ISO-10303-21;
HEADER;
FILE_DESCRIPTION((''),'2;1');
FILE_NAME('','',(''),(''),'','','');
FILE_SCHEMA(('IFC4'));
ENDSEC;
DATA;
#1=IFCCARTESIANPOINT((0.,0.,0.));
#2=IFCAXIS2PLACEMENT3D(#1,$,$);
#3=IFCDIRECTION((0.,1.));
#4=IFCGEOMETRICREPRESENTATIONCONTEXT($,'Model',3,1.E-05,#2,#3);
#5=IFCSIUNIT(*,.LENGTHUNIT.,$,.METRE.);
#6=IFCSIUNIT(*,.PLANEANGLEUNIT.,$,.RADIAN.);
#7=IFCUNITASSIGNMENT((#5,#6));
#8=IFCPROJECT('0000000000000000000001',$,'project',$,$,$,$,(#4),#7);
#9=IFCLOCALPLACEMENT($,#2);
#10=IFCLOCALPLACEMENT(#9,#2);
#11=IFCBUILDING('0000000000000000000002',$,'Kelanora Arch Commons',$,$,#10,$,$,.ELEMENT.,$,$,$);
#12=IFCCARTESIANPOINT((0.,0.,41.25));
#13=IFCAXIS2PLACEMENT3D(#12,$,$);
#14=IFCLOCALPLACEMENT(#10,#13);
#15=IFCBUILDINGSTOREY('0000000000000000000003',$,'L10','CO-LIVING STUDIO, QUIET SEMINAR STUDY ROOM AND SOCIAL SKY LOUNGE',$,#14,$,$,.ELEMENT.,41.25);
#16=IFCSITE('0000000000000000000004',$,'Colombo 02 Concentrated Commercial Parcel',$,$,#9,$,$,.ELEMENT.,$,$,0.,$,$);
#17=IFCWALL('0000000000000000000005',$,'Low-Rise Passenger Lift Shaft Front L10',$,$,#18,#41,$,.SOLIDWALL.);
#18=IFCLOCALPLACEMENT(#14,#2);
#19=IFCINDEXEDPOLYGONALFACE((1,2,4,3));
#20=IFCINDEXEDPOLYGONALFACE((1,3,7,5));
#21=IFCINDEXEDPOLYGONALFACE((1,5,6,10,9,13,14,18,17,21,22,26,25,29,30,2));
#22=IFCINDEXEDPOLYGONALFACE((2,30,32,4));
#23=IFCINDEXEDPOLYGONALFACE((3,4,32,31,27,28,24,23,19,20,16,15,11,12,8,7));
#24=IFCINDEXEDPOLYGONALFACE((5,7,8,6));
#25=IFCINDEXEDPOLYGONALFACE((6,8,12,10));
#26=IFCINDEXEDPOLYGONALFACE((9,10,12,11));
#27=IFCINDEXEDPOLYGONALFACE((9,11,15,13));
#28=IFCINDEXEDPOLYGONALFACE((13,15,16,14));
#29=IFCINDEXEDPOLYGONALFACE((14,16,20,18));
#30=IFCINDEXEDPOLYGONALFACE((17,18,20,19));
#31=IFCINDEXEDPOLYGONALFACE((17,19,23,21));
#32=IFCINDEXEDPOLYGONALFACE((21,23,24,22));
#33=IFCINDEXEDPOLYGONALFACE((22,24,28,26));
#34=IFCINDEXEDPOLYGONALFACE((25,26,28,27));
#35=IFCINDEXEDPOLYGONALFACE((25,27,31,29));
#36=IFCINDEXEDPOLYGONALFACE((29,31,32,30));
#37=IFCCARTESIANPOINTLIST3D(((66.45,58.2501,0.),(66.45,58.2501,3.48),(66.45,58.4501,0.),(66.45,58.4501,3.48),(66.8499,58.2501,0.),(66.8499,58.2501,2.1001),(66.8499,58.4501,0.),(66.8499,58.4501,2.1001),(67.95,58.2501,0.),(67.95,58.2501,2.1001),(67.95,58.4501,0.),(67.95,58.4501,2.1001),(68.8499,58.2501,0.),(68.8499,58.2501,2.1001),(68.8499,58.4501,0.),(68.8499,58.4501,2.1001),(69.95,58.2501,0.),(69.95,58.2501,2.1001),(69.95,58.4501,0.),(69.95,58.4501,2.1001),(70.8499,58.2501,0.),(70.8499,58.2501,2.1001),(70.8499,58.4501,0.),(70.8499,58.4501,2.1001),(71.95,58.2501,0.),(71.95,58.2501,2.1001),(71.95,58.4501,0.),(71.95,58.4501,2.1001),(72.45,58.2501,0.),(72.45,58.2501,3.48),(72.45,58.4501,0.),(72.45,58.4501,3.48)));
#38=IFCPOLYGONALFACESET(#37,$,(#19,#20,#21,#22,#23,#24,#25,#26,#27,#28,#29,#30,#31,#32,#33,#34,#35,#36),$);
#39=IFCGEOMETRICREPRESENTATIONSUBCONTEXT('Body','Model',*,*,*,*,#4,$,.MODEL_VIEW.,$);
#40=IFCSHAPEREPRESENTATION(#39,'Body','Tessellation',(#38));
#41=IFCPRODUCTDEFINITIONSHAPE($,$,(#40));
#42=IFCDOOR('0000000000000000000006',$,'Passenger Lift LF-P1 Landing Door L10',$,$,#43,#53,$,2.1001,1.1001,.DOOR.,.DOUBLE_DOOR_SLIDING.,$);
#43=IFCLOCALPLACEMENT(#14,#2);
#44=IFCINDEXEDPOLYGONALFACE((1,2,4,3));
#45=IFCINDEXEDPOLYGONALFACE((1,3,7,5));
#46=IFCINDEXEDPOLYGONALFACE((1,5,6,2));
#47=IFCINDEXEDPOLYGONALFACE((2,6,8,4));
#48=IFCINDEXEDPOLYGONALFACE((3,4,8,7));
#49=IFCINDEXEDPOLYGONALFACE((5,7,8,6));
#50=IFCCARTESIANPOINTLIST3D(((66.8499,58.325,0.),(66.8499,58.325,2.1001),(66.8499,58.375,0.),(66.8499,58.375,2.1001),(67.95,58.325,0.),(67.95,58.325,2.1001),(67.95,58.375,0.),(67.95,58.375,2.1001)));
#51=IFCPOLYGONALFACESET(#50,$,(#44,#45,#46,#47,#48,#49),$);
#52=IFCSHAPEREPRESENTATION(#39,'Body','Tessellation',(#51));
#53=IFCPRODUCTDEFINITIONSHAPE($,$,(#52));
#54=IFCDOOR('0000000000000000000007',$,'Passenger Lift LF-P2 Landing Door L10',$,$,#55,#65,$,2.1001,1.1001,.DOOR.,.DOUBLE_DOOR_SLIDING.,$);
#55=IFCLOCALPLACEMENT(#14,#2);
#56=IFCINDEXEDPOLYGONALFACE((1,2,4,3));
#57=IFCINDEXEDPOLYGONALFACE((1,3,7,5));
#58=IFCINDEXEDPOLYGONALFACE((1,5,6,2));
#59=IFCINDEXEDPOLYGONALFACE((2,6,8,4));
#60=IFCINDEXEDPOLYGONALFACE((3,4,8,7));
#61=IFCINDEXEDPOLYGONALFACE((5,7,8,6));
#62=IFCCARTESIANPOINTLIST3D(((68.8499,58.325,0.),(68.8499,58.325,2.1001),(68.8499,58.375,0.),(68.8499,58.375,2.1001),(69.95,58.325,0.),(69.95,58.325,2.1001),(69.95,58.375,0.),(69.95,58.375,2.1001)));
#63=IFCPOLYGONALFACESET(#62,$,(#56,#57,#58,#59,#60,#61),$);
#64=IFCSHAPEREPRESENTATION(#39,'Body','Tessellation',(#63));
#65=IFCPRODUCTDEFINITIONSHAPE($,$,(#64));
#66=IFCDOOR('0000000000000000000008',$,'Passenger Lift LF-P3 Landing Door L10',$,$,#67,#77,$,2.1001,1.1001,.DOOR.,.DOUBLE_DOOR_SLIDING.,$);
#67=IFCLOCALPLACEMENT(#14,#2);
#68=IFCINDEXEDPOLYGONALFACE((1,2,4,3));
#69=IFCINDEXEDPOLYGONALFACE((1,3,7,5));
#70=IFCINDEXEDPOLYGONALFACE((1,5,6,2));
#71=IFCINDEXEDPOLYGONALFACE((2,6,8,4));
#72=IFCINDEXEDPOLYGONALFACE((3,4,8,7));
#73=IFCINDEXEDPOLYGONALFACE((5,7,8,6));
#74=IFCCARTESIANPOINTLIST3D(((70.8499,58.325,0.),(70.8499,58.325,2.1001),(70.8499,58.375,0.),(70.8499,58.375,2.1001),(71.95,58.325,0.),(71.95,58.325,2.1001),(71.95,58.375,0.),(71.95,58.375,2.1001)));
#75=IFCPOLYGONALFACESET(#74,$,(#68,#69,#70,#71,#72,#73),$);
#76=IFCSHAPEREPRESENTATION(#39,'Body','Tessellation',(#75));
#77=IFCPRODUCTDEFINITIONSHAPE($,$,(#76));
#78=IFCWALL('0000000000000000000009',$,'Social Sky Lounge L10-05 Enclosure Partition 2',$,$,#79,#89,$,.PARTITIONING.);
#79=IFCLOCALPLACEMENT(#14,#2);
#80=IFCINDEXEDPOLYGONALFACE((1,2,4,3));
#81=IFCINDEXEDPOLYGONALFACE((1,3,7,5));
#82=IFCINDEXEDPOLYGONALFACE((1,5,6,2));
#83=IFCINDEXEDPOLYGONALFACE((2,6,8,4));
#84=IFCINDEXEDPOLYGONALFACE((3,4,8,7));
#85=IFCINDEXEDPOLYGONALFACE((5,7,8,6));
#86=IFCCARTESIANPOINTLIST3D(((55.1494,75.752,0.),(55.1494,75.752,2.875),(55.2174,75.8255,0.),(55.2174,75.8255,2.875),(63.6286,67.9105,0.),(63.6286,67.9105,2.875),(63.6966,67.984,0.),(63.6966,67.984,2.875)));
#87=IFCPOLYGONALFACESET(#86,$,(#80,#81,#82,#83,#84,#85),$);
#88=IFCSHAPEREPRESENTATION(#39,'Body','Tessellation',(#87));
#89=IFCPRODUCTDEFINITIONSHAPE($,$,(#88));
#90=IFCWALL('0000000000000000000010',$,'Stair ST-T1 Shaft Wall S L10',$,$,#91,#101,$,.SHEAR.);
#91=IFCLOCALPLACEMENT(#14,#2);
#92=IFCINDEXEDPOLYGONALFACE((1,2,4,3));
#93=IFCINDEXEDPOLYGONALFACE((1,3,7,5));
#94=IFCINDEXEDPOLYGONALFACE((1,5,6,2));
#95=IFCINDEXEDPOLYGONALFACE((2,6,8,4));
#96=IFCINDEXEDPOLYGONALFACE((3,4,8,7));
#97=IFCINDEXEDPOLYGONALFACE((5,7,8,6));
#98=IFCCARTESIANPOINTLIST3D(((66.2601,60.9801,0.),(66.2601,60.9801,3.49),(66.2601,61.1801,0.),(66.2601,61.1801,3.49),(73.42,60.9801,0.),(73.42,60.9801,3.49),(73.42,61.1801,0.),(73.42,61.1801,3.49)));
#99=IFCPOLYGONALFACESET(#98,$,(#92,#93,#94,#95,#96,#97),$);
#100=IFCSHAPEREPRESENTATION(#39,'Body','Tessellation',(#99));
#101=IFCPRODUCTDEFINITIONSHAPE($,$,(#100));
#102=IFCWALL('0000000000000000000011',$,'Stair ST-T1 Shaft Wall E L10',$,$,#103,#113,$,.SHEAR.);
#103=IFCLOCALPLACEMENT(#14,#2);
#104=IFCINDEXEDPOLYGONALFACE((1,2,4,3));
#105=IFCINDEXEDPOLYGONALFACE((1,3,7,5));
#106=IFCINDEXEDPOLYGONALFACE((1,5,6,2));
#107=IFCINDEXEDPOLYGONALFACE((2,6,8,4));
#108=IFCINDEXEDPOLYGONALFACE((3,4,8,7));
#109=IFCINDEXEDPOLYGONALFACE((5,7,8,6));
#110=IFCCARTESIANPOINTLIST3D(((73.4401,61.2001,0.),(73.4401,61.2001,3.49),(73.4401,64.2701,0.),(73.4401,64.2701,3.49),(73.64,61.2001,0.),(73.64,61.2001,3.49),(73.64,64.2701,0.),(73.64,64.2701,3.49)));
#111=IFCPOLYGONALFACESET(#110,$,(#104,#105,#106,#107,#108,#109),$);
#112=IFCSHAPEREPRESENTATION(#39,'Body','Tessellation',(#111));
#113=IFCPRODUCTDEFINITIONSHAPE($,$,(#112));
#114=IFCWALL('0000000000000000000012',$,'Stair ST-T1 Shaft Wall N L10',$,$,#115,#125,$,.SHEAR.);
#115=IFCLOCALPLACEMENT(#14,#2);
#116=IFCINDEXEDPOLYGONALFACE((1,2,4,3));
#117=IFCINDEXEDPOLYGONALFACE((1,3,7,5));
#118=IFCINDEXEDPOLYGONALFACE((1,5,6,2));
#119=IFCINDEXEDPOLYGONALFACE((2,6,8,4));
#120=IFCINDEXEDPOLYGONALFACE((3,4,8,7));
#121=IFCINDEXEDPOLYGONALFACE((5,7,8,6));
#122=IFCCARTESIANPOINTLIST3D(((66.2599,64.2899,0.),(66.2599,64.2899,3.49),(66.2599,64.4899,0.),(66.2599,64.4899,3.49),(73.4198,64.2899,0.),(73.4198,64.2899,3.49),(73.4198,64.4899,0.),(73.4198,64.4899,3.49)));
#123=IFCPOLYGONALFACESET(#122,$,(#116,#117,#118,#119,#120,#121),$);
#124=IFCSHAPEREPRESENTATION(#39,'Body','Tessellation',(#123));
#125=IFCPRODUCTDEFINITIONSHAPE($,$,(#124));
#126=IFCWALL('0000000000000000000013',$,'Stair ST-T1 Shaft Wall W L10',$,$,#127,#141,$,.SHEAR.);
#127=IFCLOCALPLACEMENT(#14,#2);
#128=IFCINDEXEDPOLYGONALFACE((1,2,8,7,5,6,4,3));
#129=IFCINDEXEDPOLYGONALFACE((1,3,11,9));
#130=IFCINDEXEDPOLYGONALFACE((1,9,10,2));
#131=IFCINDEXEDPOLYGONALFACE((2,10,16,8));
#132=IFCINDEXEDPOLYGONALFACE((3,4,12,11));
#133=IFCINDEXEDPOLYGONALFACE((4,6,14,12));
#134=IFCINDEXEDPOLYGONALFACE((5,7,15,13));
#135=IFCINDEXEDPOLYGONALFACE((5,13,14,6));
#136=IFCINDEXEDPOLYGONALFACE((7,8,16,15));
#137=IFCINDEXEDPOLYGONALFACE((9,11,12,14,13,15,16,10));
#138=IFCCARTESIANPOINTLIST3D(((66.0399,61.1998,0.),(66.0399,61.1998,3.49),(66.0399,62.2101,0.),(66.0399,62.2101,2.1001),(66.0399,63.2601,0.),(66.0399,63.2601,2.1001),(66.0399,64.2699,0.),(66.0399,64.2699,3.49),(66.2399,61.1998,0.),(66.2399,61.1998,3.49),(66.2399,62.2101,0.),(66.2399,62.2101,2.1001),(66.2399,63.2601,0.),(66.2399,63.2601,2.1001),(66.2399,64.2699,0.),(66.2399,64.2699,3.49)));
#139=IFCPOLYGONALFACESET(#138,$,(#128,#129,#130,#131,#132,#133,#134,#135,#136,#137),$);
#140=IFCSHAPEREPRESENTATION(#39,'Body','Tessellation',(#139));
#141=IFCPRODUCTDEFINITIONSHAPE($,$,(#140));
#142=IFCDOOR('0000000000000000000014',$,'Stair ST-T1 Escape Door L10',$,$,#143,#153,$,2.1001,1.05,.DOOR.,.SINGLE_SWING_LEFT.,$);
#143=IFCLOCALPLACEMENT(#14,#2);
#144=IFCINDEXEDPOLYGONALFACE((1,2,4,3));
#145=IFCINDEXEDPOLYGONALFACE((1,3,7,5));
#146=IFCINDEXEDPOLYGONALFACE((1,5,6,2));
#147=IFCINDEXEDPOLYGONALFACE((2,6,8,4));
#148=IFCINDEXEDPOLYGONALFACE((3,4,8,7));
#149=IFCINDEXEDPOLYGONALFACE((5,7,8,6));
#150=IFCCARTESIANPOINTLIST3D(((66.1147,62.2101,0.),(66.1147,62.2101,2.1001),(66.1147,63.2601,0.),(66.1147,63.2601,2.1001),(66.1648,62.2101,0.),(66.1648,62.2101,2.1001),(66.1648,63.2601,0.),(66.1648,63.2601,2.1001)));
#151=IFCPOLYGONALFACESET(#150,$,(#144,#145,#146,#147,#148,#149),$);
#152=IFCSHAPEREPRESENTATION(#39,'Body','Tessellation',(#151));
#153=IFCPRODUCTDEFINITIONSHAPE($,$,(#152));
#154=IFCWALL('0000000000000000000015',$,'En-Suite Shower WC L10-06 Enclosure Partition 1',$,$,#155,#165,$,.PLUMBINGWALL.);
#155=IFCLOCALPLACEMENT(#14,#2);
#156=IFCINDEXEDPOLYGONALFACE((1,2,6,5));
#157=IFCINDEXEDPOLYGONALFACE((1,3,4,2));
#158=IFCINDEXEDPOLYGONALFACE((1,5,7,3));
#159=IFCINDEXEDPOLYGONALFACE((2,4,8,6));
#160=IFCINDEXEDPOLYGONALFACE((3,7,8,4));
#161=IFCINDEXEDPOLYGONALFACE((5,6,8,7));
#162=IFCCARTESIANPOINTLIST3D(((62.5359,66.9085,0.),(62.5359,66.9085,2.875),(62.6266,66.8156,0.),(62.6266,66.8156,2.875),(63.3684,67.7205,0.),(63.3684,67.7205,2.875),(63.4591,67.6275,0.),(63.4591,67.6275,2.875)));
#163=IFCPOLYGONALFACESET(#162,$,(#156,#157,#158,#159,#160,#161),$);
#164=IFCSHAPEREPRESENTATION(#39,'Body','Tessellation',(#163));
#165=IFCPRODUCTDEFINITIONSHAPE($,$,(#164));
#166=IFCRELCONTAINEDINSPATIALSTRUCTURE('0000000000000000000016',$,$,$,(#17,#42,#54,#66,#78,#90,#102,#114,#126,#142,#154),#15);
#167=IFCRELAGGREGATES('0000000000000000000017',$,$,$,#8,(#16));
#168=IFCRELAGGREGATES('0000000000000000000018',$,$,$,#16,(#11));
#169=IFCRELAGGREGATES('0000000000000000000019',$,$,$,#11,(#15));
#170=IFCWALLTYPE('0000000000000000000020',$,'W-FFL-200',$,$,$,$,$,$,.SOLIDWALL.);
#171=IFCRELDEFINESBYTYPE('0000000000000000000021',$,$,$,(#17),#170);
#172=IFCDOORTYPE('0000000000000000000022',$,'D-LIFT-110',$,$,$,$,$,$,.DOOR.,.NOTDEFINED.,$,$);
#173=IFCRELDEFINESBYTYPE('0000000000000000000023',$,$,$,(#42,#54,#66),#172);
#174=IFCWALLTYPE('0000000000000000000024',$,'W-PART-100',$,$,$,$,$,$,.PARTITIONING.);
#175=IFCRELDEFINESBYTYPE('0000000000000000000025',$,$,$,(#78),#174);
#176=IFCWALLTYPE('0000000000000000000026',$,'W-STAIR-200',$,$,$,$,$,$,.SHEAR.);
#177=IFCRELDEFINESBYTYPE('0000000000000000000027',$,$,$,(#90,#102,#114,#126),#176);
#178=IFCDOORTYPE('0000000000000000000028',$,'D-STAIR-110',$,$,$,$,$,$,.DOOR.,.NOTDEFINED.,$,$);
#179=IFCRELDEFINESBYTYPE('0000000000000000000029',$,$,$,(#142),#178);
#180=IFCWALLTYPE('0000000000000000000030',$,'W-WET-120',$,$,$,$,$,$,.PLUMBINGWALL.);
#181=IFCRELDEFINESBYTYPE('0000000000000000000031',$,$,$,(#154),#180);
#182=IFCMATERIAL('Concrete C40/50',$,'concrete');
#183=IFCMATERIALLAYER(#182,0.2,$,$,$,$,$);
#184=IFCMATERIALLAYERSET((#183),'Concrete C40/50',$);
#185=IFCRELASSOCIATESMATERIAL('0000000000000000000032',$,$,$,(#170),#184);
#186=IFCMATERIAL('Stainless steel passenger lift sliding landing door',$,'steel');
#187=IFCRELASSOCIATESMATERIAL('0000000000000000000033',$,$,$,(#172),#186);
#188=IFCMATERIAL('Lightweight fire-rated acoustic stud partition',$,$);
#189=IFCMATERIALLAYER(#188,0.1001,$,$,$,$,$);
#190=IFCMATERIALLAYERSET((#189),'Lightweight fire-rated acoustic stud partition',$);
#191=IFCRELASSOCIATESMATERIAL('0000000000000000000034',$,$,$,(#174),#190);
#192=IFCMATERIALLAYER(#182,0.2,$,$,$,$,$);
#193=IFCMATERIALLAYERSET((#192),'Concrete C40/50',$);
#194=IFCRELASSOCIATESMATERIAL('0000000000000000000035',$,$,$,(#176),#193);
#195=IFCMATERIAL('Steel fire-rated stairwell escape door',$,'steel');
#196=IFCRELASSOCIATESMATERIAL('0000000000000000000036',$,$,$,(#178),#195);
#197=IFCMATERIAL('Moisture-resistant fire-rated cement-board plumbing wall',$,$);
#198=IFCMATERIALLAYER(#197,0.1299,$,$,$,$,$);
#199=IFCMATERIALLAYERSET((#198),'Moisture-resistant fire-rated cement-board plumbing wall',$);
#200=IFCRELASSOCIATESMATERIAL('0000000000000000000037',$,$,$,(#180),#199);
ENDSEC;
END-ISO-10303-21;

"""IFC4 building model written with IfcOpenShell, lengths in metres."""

from ifc_helpers import new_model, si_unit, direction, frame, frame_2d, origin, place, context, subcontext, project, spatial, rectangle, extrude, material, layer, layer_set, type_object, element, fill, save


model = new_model("IFC4")

# Units and contexts
model_context = context("Model", 3, precision=1e-05, world=origin(), true_north=direction((0.0, 1.0)))
body_context = subcontext(model_context, "Body", "Model", "MODEL_VIEW")
ifc_project = project(units=[si_unit("LENGTHUNIT", "METRE"), si_unit("PLANEANGLEUNIT", "RADIAN")], contexts=[model_context])

# Site, building, storey
site_placement = place(None, origin())
site = spatial("IfcSite", under=ifc_project, at=site_placement, Name="Colombo 02 Concentrated Commercial Parcel", CompositionType="ELEMENT", RefElevation=0.0)
building_placement = place(site_placement, origin())
building = spatial("IfcBuilding", under=site, at=building_placement, Name="Kelanora Arch Commons", CompositionType="ELEMENT")
storey_placement = place(building_placement, frame((0.0, 0.0, 41.25)))
storey = spatial("IfcBuildingStorey", under=building, at=storey_placement, Name="L10", Description="CO-LIVING STUDIO, QUIET SEMINAR STUDY ROOM AND SOCIAL SKY LOUNGE", CompositionType="ELEMENT", Elevation=41.25)

# Wall, openings, doors
ifc_material_1 = material(Name="Concrete C40/50", Category="concrete")
ifc_layer_1 = layer(ifc_material_1, 0.2)
ifc_layer_set_1 = layer_set([ifc_layer_1], Name="Concrete C40/50")
wall_type_1 = type_object("IfcWallType", Name="W-FFL-200", PredefinedType="SOLIDWALL", material=ifc_layer_set_1)
wall_1_placement = place(storey_placement, frame((66.45, 58.3501, 0.0), z_axis=(0.0, 0.0, 1.0), x_axis=(1.0, 0.0, 0.0)))
wall_1 = element("IfcWall", 1, at=wall_1_placement, inside=storey, type_object=wall_type_1, Name="Low-Rise Passenger Lift Shaft Front L10", PredefinedType="SOLIDWALL", context=body_context, shape_type="SweptSolid", body=[
    extrude(rectangle(XDim=6.0, YDim=0.2, at=frame_2d((3.0, 0.0))), origin(), (0.0, 0.0, 1.0), 3.48),
])
opening_1_placement = place(wall_1_placement, frame((0.3999, 0.0, 0.0)))
opening_1 = element("IfcOpeningElement", 2, at=opening_1_placement, cuts=wall_1, PredefinedType="OPENING", context=body_context, shape_type="SweptSolid", body=[
    extrude(rectangle(XDim=1.1001, YDim=2.1001, at=frame_2d((0.55, 1.05))), frame((0.0, 0.1099, 0.0), z_axis=(0.0, -1.0, 0.0), x_axis=(1.0, 0.0, 0.0)), (0.0, 0.0, 1.0), 0.22),
])
opening_2_placement = place(wall_1_placement, frame((2.3999, 0.0, 0.0)))
opening_2 = element("IfcOpeningElement", 3, at=opening_2_placement, cuts=wall_1, PredefinedType="OPENING", context=body_context, shape_type="SweptSolid", body=[
    extrude(rectangle(XDim=1.1001, YDim=2.1001, at=frame_2d((0.55, 1.05))), frame((0.0, 0.1099, 0.0), z_axis=(0.0, -1.0, 0.0), x_axis=(1.0, 0.0, 0.0)), (0.0, 0.0, 1.0), 0.22),
])
opening_3_placement = place(wall_1_placement, frame((4.3999, 0.0, 0.0)))
opening_3 = element("IfcOpeningElement", 4, at=opening_3_placement, cuts=wall_1, PredefinedType="OPENING", context=body_context, shape_type="SweptSolid", body=[
    extrude(rectangle(XDim=1.1001, YDim=2.1001, at=frame_2d((0.55, 1.05))), frame((0.0, 0.1099, 0.0), z_axis=(0.0, -1.0, 0.0), x_axis=(1.0, 0.0, 0.0)), (0.0, 0.0, 1.0), 0.22),
])
ifc_material_2 = material(Name="Stainless steel passenger lift sliding landing door", Category="steel")
door_type_1 = type_object("IfcDoorType", Name="D-LIFT-110", OperationType="NOTDEFINED", PredefinedType="DOOR", material=ifc_material_2)
door_1_placement = place(opening_1_placement, origin())
door_1 = element("IfcDoor", 5, at=door_1_placement, inside=storey, type_object=door_type_1, Name="Passenger Lift LF-P1 Landing Door L10", OperationType="DOUBLE_DOOR_SLIDING", OverallHeight=2.1001, OverallWidth=1.1001, PredefinedType="DOOR", context=body_context, shape_type="SweptSolid", body=[
    extrude(rectangle(XDim=1.1001, YDim=2.1001, at=frame_2d((0.55, 1.05))), frame((0.0, 0.0249, 0.0), z_axis=(0.0, -1.0, 0.0), x_axis=(1.0, 0.0, 0.0)), (0.0, 0.0, 1.0), 0.05),
])
fill(opening_1, door_1)
door_2_placement = place(opening_2_placement, origin())
door_2 = element("IfcDoor", 6, at=door_2_placement, inside=storey, type_object=door_type_1, Name="Passenger Lift LF-P2 Landing Door L10", OperationType="DOUBLE_DOOR_SLIDING", OverallHeight=2.1001, OverallWidth=1.1001, PredefinedType="DOOR", context=body_context, shape_type="SweptSolid", body=[
    extrude(rectangle(XDim=1.1001, YDim=2.1001, at=frame_2d((0.55, 1.05))), frame((0.0, 0.0249, 0.0), z_axis=(0.0, -1.0, 0.0), x_axis=(1.0, 0.0, 0.0)), (0.0, 0.0, 1.0), 0.05),
])
fill(opening_2, door_2)
door_3_placement = place(opening_3_placement, origin())
door_3 = element("IfcDoor", 7, at=door_3_placement, inside=storey, type_object=door_type_1, Name="Passenger Lift LF-P3 Landing Door L10", OperationType="DOUBLE_DOOR_SLIDING", OverallHeight=2.1001, OverallWidth=1.1001, PredefinedType="DOOR", context=body_context, shape_type="SweptSolid", body=[
    extrude(rectangle(XDim=1.1001, YDim=2.1001, at=frame_2d((0.55, 1.05))), frame((0.0, 0.0249, 0.0), z_axis=(0.0, -1.0, 0.0), x_axis=(1.0, 0.0, 0.0)), (0.0, 0.0, 1.0), 0.05),
])
fill(opening_3, door_3)

# Walls
ifc_material_3 = material(Name="Lightweight fire-rated acoustic stud partition")
ifc_layer_2 = layer(ifc_material_3, 0.1001)
ifc_layer_set_2 = layer_set([ifc_layer_2], Name="Lightweight fire-rated acoustic stud partition")
wall_type_2 = type_object("IfcWallType", Name="W-PART-100", PredefinedType="PARTITIONING", material=ifc_layer_set_2)
wall_2_placement = place(storey_placement, frame((63.6626, 67.9473, 0.0), z_axis=(0.0, 0.0, 1.0), x_axis=(-0.734175, 0.67896, 0.0)))
element("IfcWall", 8, at=wall_2_placement, inside=storey, type_object=wall_type_2, Name="Social Sky Lounge L10-05 Enclosure Partition 2", PredefinedType="PARTITIONING", context=body_context, shape_type="SweptSolid", body=[
    extrude(rectangle(XDim=11.5493, YDim=0.1001, at=frame_2d((5.7747, 0.0))), origin(), (0.0, 0.0, 1.0), 2.875),
])
ifc_layer_3 = layer(ifc_material_1, 0.2)
ifc_layer_set_3 = layer_set([ifc_layer_3], Name="Concrete C40/50")
wall_type_3 = type_object("IfcWallType", Name="W-STAIR-200", PredefinedType="SHEAR", material=ifc_layer_set_3)
wall_3_placement = place(storey_placement, frame((66.26, 61.0801, 0.0), z_axis=(0.0, 0.0, 1.0), x_axis=(1.0, 0.0, 0.0)))
element("IfcWall", 9, at=wall_3_placement, inside=storey, type_object=wall_type_3, Name="Stair ST-T1 Shaft Wall S L10", PredefinedType="SHEAR", context=body_context, shape_type="SweptSolid", body=[
    extrude(rectangle(XDim=7.1599, YDim=0.2, at=frame_2d((3.5801, 0.0))), origin(), (0.0, 0.0, 1.0), 3.49),
])
wall_4_placement = place(storey_placement, frame((73.54, 61.2, 0.0), z_axis=(0.0, 0.0, 1.0), x_axis=(0.0, 1.0, 0.0)))
element("IfcWall", 10, at=wall_4_placement, inside=storey, type_object=wall_type_3, Name="Stair ST-T1 Shaft Wall E L10", PredefinedType="SHEAR", context=body_context, shape_type="SweptSolid", body=[
    extrude(rectangle(XDim=3.0701, YDim=0.2, at=frame_2d((1.5352, 0.0))), origin(), (0.0, 0.0, 1.0), 3.49),
])
wall_5_placement = place(storey_placement, frame((73.4199, 64.3899, 0.0), z_axis=(0.0, 0.0, 1.0), x_axis=(-1.0, 0.0, 0.0)))
element("IfcWall", 11, at=wall_5_placement, inside=storey, type_object=wall_type_3, Name="Stair ST-T1 Shaft Wall N L10", PredefinedType="SHEAR", context=body_context, shape_type="SweptSolid", body=[
    extrude(rectangle(XDim=7.1599, YDim=0.2, at=frame_2d((3.5801, 0.0))), origin(), (0.0, 0.0, 1.0), 3.49),
])

# Wall, opening, door
wall_6_placement = place(storey_placement, frame((66.1399, 64.27, 0.0), z_axis=(0.0, 0.0, 1.0), x_axis=(0.0, -1.0, 0.0)))
wall_6 = element("IfcWall", 12, at=wall_6_placement, inside=storey, type_object=wall_type_3, Name="Stair ST-T1 Shaft Wall W L10", PredefinedType="SHEAR", context=body_context, shape_type="SweptSolid", body=[
    extrude(rectangle(XDim=3.0701, YDim=0.2, at=frame_2d((1.5352, 0.0))), origin(), (0.0, 0.0, 1.0), 3.49),
])
opening_4_placement = place(wall_6_placement, frame((1.01, 0.0, 0.0)))
opening_4 = element("IfcOpeningElement", 13, at=opening_4_placement, cuts=wall_6, PredefinedType="OPENING", context=body_context, shape_type="SweptSolid", body=[
    extrude(rectangle(XDim=1.05, YDim=2.1001, at=frame_2d((0.5249, 1.05))), frame((0.0, 0.1099, 0.0), z_axis=(0.0, -1.0, 0.0), x_axis=(1.0, 0.0, 0.0)), (0.0, 0.0, 1.0), 0.22),
])
ifc_material_4 = material(Name="Steel fire-rated stairwell escape door", Category="steel")
door_type_2 = type_object("IfcDoorType", Name="D-STAIR-110", OperationType="NOTDEFINED", PredefinedType="DOOR", material=ifc_material_4)
door_4_placement = place(opening_4_placement, origin())
door_4 = element("IfcDoor", 14, at=door_4_placement, inside=storey, type_object=door_type_2, Name="Stair ST-T1 Escape Door L10", OperationType="SINGLE_SWING_LEFT", OverallHeight=2.1001, OverallWidth=1.05, PredefinedType="DOOR", context=body_context, shape_type="SweptSolid", body=[
    extrude(rectangle(XDim=1.05, YDim=2.1001, at=frame_2d((0.5249, 1.05))), frame((0.0, 0.0249, 0.0), z_axis=(0.0, -1.0, 0.0), x_axis=(1.0, 0.0, 0.0)), (0.0, 0.0, 1.0), 0.05),
])
fill(opening_4, door_4)

# Wall
ifc_material_5 = material(Name="Moisture-resistant fire-rated cement-board plumbing wall")
ifc_layer_4 = layer(ifc_material_5, 0.1299)
ifc_layer_set_4 = layer_set([ifc_layer_4], Name="Moisture-resistant fire-rated cement-board plumbing wall")
wall_type_4 = type_object("IfcWallType", Name="W-WET-120", PredefinedType="PLUMBINGWALL", material=ifc_layer_set_4)
wall_7_placement = place(storey_placement, frame((63.4138, 67.6741, 0.0), z_axis=(0.0, 0.0, 1.0), x_axis=(-0.715869, -0.698235, 0.0)))
element("IfcWall", 15, at=wall_7_placement, inside=storey, type_object=wall_type_4, Name="En-Suite Shower WC L10-06 Enclosure Partition 1", PredefinedType="PLUMBINGWALL", context=body_context, shape_type="SweptSolid", body=[
    extrude(rectangle(XDim=1.1628, YDim=0.1299, at=frame_2d((0.5815, 0.0))), origin(), (0.0, 0.0, 1.0), 2.875),
])

save(model, "model.ifc")
